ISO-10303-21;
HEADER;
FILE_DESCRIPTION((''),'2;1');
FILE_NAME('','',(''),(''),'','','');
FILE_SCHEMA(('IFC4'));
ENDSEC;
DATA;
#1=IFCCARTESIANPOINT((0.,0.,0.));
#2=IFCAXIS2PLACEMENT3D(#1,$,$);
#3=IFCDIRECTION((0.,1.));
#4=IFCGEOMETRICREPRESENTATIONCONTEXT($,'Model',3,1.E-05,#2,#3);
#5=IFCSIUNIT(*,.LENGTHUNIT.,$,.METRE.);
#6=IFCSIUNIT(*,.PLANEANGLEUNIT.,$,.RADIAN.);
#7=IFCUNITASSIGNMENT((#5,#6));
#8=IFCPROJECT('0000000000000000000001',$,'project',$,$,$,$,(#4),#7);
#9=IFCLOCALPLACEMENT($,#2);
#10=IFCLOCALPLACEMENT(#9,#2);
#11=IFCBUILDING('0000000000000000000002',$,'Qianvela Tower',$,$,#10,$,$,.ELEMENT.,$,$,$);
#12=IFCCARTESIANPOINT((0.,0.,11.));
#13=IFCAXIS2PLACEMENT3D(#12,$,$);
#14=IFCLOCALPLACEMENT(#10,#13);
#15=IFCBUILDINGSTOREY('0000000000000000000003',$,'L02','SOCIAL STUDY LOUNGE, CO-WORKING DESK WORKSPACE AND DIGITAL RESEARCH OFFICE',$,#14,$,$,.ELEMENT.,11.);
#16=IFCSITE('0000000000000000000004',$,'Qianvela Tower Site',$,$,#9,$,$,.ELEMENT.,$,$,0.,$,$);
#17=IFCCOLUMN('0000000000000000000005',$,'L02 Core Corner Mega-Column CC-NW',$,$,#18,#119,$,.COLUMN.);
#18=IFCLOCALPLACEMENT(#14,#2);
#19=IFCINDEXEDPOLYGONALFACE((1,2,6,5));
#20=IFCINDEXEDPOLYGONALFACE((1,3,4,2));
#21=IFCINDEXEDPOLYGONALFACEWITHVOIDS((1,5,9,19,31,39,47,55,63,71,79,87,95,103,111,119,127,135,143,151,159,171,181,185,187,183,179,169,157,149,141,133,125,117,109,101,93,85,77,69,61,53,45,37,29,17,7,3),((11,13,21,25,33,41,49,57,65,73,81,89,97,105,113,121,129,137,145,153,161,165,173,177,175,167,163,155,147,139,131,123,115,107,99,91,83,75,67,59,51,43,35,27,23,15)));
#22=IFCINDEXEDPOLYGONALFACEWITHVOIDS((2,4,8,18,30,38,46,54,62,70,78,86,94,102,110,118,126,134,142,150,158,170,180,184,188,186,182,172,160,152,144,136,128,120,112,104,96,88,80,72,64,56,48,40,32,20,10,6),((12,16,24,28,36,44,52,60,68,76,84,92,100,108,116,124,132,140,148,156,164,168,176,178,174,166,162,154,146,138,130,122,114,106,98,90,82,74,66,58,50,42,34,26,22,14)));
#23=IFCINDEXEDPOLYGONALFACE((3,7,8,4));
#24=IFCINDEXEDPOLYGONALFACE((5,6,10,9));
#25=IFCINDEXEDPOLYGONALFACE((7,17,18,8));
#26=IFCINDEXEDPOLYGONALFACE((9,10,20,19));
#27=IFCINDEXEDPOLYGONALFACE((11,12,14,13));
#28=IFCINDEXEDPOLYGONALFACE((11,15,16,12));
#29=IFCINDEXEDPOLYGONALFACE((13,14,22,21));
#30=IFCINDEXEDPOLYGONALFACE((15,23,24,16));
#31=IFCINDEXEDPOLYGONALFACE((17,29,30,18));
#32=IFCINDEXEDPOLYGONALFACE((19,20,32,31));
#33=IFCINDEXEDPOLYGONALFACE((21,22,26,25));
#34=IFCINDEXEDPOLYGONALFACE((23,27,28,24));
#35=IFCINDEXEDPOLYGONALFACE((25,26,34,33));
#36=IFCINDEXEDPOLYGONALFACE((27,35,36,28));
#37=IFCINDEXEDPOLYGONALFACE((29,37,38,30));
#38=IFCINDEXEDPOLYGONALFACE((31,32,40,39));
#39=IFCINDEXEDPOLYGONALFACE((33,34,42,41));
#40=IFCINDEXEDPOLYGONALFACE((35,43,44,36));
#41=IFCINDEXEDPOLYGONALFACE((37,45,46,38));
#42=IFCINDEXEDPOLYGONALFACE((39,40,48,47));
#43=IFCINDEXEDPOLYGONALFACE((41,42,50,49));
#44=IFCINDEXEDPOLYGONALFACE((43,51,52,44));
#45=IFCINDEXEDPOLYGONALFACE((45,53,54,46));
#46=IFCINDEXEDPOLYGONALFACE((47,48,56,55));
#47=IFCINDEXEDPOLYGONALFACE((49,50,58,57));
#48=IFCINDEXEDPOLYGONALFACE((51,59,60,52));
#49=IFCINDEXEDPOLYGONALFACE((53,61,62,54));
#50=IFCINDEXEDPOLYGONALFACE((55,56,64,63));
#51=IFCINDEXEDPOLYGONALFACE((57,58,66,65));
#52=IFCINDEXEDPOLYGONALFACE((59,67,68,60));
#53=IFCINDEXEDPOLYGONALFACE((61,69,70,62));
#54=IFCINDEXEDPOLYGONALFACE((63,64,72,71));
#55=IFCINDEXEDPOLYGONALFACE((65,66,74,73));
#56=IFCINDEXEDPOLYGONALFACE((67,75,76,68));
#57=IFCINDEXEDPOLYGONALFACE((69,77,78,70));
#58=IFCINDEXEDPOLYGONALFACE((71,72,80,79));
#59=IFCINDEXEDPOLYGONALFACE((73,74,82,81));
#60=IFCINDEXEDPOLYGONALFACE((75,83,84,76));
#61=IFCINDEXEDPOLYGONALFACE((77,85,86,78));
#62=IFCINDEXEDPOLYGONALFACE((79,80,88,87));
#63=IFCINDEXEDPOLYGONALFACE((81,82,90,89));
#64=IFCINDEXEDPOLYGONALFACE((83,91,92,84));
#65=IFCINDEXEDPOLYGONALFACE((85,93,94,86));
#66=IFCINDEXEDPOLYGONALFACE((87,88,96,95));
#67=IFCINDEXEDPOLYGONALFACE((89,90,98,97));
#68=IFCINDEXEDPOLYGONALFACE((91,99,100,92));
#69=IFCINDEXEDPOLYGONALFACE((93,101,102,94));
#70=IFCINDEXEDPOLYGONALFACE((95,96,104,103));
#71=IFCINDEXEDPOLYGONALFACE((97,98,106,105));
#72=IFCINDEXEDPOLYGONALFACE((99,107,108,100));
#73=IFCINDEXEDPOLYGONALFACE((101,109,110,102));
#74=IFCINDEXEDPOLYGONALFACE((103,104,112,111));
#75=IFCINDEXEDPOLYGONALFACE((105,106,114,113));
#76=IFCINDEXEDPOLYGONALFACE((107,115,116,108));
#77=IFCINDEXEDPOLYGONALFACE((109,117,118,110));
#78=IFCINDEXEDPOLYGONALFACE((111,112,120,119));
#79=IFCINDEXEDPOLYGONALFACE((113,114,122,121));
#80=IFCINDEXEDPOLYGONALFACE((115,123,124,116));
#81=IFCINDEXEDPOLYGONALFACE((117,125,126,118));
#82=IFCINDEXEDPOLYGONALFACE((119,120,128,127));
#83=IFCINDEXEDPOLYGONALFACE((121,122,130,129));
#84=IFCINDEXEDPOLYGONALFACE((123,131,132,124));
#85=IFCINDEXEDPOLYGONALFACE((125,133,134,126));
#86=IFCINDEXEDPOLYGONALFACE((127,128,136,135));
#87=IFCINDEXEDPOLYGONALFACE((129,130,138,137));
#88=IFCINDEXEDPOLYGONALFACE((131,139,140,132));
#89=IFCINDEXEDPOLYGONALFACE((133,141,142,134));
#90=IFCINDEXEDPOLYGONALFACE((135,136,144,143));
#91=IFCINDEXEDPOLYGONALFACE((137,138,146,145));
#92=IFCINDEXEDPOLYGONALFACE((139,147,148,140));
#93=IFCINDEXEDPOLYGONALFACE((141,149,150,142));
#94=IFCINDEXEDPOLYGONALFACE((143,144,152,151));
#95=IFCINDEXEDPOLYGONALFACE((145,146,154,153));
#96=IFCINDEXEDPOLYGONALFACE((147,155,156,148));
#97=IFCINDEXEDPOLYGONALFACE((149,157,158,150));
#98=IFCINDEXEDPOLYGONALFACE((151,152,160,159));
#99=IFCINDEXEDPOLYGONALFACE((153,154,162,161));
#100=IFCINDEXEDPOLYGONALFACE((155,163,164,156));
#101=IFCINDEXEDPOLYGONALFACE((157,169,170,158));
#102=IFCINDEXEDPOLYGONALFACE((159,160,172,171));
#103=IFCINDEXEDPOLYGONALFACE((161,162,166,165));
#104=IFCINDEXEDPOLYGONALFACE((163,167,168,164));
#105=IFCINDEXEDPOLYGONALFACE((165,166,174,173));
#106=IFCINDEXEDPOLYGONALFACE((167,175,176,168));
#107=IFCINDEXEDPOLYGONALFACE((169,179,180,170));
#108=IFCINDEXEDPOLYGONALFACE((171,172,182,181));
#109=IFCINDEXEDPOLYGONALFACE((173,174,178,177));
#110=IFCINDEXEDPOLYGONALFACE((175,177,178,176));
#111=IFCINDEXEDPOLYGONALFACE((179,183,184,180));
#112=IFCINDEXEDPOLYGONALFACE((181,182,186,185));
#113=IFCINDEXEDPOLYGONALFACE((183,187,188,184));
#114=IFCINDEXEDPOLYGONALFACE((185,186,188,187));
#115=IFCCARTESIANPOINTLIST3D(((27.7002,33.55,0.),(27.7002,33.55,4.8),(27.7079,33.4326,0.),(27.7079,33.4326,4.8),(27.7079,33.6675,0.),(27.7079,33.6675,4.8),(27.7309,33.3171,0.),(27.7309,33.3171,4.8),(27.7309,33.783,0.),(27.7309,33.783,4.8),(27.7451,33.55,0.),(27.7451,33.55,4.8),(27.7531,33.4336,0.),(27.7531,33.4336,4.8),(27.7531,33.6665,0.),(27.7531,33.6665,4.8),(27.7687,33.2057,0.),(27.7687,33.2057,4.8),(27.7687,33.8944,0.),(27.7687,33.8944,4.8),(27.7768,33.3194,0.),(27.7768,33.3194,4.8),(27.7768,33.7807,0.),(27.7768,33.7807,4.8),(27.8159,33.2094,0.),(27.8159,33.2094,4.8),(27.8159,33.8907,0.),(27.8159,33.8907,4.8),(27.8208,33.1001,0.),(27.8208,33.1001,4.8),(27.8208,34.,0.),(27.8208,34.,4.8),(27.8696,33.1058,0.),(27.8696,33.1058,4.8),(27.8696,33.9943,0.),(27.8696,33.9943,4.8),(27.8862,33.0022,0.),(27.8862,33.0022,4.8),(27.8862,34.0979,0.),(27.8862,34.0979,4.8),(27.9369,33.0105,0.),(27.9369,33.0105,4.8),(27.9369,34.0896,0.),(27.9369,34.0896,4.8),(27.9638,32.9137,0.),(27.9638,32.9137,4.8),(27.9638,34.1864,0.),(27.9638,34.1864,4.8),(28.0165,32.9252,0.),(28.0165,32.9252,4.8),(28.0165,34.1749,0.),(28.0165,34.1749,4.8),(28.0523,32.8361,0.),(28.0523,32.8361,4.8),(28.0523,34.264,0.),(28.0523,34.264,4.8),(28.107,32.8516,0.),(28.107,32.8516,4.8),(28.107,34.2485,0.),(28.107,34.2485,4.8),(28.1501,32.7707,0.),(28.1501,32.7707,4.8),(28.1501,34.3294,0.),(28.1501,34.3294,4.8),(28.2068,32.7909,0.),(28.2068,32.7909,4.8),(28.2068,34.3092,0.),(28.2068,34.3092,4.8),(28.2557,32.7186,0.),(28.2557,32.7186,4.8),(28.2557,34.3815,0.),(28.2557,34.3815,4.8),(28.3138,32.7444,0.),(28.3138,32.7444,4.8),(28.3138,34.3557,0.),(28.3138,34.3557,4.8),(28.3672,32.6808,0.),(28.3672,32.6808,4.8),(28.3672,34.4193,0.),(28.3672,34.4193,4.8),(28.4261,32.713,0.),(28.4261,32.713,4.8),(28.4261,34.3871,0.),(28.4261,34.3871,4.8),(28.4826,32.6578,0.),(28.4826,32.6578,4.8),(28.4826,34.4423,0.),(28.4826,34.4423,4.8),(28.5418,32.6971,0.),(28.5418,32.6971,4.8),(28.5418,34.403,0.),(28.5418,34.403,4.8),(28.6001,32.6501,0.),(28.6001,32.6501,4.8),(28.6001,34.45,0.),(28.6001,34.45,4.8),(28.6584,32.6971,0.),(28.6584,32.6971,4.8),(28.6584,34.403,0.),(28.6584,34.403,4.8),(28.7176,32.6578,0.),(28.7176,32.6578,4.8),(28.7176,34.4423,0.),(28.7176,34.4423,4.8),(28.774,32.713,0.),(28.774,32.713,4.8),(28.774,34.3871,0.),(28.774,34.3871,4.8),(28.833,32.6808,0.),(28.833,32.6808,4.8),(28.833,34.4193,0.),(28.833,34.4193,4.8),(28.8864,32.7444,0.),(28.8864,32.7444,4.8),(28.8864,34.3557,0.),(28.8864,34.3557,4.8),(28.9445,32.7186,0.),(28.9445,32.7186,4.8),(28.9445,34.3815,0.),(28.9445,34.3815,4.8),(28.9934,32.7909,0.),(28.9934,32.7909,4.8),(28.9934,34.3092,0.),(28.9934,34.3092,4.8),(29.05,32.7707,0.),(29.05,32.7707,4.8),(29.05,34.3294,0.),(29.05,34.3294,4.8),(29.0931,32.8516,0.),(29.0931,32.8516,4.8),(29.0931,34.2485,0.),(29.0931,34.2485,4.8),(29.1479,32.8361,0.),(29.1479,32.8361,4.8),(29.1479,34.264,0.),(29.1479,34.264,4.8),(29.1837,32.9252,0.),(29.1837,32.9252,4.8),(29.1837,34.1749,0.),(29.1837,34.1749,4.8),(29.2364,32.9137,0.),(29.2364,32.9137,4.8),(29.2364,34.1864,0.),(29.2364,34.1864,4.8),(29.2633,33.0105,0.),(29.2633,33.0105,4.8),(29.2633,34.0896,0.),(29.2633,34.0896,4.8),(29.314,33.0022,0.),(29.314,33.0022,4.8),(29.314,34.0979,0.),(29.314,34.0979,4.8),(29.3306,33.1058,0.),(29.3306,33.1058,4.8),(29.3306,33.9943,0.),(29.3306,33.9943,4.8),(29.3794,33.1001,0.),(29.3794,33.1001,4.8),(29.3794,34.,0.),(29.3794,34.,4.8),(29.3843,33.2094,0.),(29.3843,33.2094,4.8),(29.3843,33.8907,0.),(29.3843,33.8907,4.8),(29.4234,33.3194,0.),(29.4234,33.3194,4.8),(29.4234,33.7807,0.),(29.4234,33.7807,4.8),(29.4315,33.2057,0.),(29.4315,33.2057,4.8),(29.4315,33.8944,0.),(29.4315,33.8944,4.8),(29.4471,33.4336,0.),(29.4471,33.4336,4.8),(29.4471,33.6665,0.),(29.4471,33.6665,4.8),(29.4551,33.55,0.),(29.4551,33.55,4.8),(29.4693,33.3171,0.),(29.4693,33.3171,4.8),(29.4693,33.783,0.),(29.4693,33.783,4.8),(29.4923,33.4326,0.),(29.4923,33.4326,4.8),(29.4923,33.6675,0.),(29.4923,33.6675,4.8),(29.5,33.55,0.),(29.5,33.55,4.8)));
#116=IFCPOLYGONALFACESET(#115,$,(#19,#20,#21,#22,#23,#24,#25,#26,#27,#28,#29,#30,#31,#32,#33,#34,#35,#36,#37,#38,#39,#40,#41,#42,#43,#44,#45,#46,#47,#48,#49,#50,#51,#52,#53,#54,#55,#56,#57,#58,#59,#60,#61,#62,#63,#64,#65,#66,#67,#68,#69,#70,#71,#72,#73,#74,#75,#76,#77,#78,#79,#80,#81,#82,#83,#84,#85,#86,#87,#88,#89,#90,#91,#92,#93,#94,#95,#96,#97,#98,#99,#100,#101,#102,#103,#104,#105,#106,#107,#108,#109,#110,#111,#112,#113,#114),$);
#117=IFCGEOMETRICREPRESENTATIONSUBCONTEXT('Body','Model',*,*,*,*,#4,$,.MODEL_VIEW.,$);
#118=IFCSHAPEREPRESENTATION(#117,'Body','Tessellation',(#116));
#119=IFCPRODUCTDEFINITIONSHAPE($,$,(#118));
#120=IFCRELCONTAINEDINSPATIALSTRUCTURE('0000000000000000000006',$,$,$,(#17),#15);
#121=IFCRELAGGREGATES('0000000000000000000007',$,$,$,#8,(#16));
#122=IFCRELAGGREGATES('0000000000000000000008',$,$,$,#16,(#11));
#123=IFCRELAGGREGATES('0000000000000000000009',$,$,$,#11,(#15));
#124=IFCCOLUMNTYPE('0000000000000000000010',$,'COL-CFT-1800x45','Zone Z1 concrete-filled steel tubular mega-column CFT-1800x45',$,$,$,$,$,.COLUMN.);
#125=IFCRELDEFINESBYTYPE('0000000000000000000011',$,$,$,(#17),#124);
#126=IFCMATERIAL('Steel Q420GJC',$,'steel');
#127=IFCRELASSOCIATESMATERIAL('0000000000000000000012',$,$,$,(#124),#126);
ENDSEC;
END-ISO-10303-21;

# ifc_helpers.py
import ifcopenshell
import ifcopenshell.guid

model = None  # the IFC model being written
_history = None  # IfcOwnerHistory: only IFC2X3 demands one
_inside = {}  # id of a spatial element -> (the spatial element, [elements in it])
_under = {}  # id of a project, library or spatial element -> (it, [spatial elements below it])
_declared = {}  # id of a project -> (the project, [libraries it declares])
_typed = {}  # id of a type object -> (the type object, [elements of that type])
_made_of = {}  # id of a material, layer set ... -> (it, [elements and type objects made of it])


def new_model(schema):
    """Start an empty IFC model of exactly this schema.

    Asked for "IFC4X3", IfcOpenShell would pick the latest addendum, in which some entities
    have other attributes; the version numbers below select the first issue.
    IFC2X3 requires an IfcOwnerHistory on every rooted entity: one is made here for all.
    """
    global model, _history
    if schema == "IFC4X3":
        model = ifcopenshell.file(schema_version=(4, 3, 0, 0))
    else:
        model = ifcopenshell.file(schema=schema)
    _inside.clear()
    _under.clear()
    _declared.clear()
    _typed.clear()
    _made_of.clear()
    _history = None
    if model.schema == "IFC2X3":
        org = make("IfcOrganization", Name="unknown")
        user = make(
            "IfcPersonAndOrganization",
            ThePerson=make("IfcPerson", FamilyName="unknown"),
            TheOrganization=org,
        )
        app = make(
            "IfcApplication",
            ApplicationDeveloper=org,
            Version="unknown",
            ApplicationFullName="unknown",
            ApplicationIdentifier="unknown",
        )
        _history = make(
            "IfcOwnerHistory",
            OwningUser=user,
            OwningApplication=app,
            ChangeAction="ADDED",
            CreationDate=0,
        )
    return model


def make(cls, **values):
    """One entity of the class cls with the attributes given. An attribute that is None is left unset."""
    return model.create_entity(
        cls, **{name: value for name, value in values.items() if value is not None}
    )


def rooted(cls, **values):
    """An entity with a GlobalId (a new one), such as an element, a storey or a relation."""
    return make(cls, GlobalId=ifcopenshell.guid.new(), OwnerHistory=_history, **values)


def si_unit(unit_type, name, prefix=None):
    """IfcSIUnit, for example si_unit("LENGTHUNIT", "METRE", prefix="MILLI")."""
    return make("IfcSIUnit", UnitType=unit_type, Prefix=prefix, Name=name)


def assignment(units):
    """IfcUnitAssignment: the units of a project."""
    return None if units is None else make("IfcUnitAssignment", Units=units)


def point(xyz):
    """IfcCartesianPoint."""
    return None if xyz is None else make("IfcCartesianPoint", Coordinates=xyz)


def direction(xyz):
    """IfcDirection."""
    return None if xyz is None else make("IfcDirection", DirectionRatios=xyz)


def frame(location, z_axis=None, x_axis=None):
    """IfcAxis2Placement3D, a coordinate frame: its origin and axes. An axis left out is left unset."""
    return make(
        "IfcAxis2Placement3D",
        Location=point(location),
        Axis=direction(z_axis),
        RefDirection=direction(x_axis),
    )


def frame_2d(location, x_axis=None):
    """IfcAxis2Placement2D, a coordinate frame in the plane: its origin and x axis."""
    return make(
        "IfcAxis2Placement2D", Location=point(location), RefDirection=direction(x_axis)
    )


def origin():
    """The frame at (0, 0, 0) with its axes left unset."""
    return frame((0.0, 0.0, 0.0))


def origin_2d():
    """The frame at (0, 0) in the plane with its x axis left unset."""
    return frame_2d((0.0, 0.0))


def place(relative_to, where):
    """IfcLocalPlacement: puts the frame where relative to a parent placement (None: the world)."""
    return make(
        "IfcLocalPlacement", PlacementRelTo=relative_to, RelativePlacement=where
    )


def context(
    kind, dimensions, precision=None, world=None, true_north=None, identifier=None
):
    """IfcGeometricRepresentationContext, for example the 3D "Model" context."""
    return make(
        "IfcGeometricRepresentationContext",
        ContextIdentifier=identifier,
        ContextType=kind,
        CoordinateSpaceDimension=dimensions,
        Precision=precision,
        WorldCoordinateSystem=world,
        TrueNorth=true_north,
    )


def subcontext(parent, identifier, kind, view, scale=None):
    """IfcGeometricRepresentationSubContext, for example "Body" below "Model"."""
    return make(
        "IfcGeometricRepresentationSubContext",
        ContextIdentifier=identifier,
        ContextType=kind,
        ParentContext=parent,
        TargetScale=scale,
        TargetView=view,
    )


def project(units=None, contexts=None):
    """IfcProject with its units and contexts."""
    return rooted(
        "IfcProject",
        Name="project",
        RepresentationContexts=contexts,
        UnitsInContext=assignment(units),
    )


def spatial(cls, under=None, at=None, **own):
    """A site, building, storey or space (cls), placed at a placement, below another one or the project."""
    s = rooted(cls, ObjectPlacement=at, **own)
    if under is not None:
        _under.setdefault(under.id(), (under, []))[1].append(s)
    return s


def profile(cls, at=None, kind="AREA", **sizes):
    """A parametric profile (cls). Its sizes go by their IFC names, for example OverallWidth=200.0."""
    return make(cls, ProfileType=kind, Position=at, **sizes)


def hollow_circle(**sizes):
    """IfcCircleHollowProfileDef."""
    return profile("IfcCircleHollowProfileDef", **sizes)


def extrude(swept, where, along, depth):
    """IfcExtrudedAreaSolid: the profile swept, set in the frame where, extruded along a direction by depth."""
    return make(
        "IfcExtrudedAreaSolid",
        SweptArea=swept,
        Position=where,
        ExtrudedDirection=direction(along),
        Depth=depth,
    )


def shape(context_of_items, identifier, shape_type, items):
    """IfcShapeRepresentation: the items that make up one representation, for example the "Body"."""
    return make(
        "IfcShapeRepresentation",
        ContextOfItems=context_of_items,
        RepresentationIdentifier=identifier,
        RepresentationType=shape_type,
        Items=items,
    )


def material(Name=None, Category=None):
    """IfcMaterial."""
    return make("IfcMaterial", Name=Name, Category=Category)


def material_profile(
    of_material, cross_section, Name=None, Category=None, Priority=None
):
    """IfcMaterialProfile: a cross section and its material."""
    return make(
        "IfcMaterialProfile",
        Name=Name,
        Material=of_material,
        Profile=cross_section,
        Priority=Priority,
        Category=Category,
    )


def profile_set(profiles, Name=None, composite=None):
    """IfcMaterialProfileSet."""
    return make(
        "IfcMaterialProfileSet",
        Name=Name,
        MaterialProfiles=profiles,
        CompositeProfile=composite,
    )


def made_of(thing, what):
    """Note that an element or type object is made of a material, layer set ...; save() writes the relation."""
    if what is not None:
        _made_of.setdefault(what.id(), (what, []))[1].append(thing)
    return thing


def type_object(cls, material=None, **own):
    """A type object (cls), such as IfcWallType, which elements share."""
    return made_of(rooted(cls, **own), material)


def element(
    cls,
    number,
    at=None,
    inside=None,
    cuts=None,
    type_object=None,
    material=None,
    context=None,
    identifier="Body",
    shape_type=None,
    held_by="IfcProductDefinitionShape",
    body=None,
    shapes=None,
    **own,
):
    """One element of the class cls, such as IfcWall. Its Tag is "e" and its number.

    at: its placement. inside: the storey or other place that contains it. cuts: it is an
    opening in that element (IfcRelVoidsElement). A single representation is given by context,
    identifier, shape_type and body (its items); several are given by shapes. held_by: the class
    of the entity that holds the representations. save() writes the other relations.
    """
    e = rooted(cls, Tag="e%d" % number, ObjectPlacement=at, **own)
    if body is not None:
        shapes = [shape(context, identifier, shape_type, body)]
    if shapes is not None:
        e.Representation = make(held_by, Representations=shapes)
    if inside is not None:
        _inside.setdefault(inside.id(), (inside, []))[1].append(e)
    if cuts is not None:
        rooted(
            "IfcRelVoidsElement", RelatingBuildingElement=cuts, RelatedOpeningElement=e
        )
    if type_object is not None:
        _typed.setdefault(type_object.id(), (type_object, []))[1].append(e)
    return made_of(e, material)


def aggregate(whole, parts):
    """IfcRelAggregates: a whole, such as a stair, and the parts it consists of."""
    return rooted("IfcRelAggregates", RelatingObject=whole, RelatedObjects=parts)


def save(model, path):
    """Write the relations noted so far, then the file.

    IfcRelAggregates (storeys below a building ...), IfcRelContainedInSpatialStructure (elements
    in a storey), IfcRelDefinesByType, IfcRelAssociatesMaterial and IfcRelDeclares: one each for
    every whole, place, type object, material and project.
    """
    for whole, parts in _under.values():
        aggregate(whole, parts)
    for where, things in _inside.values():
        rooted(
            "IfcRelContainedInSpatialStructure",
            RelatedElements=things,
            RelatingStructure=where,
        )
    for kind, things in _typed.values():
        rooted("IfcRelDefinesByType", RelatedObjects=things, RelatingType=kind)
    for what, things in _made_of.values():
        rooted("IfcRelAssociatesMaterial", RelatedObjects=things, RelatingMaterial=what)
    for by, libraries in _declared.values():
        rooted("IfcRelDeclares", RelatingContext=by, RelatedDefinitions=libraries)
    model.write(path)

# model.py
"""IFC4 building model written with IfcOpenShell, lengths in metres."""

from ifc_helpers import new_model, si_unit, direction, frame, origin, origin_2d, place, context, subcontext, project, spatial, hollow_circle, extrude, material, material_profile, profile_set, type_object, element, save


model = new_model("IFC4")

# Units and contexts
model_context = context("Model", 3, precision=1e-05, world=origin(), true_north=direction((0.0, 1.0)))
body_context = subcontext(model_context, "Body", "Model", "MODEL_VIEW")
ifc_project = project(units=[si_unit("LENGTHUNIT", "METRE"), si_unit("PLANEANGLEUNIT", "RADIAN")], contexts=[model_context])

# Site, building, storey
site_placement = place(None, origin())
site = spatial("IfcSite", under=ifc_project, at=site_placement, Name="Qianvela Tower Site", CompositionType="ELEMENT", RefElevation=0.0)
building_placement = place(site_placement, origin())
building = spatial("IfcBuilding", under=site, at=building_placement, Name="Qianvela Tower", CompositionType="ELEMENT")
storey_placement = place(building_placement, frame((0.0, 0.0, 11.0)))
storey = spatial("IfcBuildingStorey", under=building, at=storey_placement, Name="L02", Description="SOCIAL STUDY LOUNGE, CO-WORKING DESK WORKSPACE AND DIGITAL RESEARCH OFFICE", CompositionType="ELEMENT", Elevation=11.0)

# Column
ifc_material_1 = material(Name="Steel Q420GJC", Category="steel")
ifc_material_profile_1 = material_profile(ifc_material_1, hollow_circle(Radius=0.8999, WallThickness=0.0449, at=origin_2d()), Name="CFT-1800x45")
ifc_profile_set_1 = profile_set([ifc_material_profile_1], Name="Steel Q420GJC")
column_type = type_object("IfcColumnType", Name="COL-CFT-1800x45", Description="Zone Z1 concrete-filled steel tubular mega-column CFT-1800x45", PredefinedType="COLUMN", material=ifc_profile_set_1)
for number, where, z_axis, x_axis, name in (
    (1, (28.6001, 33.55, 0.0), (0.0, 0.0, 1.0), (1.0, 0.0, 0.0), "L02 Core Corner Mega-Column CC-NW"),
):
    element("IfcColumn", number, at=place(storey_placement, frame(where, z_axis=z_axis, x_axis=x_axis)), inside=storey, type_object=column_type, Name=name, PredefinedType="COLUMN", context=body_context, shape_type="SweptSolid", body=[
        extrude(hollow_circle(Radius=0.8999, WallThickness=0.0449, at=origin_2d()), origin(), (0.0, 0.0, 1.0), 4.8),
    ])

save(model, "model.ifc")
